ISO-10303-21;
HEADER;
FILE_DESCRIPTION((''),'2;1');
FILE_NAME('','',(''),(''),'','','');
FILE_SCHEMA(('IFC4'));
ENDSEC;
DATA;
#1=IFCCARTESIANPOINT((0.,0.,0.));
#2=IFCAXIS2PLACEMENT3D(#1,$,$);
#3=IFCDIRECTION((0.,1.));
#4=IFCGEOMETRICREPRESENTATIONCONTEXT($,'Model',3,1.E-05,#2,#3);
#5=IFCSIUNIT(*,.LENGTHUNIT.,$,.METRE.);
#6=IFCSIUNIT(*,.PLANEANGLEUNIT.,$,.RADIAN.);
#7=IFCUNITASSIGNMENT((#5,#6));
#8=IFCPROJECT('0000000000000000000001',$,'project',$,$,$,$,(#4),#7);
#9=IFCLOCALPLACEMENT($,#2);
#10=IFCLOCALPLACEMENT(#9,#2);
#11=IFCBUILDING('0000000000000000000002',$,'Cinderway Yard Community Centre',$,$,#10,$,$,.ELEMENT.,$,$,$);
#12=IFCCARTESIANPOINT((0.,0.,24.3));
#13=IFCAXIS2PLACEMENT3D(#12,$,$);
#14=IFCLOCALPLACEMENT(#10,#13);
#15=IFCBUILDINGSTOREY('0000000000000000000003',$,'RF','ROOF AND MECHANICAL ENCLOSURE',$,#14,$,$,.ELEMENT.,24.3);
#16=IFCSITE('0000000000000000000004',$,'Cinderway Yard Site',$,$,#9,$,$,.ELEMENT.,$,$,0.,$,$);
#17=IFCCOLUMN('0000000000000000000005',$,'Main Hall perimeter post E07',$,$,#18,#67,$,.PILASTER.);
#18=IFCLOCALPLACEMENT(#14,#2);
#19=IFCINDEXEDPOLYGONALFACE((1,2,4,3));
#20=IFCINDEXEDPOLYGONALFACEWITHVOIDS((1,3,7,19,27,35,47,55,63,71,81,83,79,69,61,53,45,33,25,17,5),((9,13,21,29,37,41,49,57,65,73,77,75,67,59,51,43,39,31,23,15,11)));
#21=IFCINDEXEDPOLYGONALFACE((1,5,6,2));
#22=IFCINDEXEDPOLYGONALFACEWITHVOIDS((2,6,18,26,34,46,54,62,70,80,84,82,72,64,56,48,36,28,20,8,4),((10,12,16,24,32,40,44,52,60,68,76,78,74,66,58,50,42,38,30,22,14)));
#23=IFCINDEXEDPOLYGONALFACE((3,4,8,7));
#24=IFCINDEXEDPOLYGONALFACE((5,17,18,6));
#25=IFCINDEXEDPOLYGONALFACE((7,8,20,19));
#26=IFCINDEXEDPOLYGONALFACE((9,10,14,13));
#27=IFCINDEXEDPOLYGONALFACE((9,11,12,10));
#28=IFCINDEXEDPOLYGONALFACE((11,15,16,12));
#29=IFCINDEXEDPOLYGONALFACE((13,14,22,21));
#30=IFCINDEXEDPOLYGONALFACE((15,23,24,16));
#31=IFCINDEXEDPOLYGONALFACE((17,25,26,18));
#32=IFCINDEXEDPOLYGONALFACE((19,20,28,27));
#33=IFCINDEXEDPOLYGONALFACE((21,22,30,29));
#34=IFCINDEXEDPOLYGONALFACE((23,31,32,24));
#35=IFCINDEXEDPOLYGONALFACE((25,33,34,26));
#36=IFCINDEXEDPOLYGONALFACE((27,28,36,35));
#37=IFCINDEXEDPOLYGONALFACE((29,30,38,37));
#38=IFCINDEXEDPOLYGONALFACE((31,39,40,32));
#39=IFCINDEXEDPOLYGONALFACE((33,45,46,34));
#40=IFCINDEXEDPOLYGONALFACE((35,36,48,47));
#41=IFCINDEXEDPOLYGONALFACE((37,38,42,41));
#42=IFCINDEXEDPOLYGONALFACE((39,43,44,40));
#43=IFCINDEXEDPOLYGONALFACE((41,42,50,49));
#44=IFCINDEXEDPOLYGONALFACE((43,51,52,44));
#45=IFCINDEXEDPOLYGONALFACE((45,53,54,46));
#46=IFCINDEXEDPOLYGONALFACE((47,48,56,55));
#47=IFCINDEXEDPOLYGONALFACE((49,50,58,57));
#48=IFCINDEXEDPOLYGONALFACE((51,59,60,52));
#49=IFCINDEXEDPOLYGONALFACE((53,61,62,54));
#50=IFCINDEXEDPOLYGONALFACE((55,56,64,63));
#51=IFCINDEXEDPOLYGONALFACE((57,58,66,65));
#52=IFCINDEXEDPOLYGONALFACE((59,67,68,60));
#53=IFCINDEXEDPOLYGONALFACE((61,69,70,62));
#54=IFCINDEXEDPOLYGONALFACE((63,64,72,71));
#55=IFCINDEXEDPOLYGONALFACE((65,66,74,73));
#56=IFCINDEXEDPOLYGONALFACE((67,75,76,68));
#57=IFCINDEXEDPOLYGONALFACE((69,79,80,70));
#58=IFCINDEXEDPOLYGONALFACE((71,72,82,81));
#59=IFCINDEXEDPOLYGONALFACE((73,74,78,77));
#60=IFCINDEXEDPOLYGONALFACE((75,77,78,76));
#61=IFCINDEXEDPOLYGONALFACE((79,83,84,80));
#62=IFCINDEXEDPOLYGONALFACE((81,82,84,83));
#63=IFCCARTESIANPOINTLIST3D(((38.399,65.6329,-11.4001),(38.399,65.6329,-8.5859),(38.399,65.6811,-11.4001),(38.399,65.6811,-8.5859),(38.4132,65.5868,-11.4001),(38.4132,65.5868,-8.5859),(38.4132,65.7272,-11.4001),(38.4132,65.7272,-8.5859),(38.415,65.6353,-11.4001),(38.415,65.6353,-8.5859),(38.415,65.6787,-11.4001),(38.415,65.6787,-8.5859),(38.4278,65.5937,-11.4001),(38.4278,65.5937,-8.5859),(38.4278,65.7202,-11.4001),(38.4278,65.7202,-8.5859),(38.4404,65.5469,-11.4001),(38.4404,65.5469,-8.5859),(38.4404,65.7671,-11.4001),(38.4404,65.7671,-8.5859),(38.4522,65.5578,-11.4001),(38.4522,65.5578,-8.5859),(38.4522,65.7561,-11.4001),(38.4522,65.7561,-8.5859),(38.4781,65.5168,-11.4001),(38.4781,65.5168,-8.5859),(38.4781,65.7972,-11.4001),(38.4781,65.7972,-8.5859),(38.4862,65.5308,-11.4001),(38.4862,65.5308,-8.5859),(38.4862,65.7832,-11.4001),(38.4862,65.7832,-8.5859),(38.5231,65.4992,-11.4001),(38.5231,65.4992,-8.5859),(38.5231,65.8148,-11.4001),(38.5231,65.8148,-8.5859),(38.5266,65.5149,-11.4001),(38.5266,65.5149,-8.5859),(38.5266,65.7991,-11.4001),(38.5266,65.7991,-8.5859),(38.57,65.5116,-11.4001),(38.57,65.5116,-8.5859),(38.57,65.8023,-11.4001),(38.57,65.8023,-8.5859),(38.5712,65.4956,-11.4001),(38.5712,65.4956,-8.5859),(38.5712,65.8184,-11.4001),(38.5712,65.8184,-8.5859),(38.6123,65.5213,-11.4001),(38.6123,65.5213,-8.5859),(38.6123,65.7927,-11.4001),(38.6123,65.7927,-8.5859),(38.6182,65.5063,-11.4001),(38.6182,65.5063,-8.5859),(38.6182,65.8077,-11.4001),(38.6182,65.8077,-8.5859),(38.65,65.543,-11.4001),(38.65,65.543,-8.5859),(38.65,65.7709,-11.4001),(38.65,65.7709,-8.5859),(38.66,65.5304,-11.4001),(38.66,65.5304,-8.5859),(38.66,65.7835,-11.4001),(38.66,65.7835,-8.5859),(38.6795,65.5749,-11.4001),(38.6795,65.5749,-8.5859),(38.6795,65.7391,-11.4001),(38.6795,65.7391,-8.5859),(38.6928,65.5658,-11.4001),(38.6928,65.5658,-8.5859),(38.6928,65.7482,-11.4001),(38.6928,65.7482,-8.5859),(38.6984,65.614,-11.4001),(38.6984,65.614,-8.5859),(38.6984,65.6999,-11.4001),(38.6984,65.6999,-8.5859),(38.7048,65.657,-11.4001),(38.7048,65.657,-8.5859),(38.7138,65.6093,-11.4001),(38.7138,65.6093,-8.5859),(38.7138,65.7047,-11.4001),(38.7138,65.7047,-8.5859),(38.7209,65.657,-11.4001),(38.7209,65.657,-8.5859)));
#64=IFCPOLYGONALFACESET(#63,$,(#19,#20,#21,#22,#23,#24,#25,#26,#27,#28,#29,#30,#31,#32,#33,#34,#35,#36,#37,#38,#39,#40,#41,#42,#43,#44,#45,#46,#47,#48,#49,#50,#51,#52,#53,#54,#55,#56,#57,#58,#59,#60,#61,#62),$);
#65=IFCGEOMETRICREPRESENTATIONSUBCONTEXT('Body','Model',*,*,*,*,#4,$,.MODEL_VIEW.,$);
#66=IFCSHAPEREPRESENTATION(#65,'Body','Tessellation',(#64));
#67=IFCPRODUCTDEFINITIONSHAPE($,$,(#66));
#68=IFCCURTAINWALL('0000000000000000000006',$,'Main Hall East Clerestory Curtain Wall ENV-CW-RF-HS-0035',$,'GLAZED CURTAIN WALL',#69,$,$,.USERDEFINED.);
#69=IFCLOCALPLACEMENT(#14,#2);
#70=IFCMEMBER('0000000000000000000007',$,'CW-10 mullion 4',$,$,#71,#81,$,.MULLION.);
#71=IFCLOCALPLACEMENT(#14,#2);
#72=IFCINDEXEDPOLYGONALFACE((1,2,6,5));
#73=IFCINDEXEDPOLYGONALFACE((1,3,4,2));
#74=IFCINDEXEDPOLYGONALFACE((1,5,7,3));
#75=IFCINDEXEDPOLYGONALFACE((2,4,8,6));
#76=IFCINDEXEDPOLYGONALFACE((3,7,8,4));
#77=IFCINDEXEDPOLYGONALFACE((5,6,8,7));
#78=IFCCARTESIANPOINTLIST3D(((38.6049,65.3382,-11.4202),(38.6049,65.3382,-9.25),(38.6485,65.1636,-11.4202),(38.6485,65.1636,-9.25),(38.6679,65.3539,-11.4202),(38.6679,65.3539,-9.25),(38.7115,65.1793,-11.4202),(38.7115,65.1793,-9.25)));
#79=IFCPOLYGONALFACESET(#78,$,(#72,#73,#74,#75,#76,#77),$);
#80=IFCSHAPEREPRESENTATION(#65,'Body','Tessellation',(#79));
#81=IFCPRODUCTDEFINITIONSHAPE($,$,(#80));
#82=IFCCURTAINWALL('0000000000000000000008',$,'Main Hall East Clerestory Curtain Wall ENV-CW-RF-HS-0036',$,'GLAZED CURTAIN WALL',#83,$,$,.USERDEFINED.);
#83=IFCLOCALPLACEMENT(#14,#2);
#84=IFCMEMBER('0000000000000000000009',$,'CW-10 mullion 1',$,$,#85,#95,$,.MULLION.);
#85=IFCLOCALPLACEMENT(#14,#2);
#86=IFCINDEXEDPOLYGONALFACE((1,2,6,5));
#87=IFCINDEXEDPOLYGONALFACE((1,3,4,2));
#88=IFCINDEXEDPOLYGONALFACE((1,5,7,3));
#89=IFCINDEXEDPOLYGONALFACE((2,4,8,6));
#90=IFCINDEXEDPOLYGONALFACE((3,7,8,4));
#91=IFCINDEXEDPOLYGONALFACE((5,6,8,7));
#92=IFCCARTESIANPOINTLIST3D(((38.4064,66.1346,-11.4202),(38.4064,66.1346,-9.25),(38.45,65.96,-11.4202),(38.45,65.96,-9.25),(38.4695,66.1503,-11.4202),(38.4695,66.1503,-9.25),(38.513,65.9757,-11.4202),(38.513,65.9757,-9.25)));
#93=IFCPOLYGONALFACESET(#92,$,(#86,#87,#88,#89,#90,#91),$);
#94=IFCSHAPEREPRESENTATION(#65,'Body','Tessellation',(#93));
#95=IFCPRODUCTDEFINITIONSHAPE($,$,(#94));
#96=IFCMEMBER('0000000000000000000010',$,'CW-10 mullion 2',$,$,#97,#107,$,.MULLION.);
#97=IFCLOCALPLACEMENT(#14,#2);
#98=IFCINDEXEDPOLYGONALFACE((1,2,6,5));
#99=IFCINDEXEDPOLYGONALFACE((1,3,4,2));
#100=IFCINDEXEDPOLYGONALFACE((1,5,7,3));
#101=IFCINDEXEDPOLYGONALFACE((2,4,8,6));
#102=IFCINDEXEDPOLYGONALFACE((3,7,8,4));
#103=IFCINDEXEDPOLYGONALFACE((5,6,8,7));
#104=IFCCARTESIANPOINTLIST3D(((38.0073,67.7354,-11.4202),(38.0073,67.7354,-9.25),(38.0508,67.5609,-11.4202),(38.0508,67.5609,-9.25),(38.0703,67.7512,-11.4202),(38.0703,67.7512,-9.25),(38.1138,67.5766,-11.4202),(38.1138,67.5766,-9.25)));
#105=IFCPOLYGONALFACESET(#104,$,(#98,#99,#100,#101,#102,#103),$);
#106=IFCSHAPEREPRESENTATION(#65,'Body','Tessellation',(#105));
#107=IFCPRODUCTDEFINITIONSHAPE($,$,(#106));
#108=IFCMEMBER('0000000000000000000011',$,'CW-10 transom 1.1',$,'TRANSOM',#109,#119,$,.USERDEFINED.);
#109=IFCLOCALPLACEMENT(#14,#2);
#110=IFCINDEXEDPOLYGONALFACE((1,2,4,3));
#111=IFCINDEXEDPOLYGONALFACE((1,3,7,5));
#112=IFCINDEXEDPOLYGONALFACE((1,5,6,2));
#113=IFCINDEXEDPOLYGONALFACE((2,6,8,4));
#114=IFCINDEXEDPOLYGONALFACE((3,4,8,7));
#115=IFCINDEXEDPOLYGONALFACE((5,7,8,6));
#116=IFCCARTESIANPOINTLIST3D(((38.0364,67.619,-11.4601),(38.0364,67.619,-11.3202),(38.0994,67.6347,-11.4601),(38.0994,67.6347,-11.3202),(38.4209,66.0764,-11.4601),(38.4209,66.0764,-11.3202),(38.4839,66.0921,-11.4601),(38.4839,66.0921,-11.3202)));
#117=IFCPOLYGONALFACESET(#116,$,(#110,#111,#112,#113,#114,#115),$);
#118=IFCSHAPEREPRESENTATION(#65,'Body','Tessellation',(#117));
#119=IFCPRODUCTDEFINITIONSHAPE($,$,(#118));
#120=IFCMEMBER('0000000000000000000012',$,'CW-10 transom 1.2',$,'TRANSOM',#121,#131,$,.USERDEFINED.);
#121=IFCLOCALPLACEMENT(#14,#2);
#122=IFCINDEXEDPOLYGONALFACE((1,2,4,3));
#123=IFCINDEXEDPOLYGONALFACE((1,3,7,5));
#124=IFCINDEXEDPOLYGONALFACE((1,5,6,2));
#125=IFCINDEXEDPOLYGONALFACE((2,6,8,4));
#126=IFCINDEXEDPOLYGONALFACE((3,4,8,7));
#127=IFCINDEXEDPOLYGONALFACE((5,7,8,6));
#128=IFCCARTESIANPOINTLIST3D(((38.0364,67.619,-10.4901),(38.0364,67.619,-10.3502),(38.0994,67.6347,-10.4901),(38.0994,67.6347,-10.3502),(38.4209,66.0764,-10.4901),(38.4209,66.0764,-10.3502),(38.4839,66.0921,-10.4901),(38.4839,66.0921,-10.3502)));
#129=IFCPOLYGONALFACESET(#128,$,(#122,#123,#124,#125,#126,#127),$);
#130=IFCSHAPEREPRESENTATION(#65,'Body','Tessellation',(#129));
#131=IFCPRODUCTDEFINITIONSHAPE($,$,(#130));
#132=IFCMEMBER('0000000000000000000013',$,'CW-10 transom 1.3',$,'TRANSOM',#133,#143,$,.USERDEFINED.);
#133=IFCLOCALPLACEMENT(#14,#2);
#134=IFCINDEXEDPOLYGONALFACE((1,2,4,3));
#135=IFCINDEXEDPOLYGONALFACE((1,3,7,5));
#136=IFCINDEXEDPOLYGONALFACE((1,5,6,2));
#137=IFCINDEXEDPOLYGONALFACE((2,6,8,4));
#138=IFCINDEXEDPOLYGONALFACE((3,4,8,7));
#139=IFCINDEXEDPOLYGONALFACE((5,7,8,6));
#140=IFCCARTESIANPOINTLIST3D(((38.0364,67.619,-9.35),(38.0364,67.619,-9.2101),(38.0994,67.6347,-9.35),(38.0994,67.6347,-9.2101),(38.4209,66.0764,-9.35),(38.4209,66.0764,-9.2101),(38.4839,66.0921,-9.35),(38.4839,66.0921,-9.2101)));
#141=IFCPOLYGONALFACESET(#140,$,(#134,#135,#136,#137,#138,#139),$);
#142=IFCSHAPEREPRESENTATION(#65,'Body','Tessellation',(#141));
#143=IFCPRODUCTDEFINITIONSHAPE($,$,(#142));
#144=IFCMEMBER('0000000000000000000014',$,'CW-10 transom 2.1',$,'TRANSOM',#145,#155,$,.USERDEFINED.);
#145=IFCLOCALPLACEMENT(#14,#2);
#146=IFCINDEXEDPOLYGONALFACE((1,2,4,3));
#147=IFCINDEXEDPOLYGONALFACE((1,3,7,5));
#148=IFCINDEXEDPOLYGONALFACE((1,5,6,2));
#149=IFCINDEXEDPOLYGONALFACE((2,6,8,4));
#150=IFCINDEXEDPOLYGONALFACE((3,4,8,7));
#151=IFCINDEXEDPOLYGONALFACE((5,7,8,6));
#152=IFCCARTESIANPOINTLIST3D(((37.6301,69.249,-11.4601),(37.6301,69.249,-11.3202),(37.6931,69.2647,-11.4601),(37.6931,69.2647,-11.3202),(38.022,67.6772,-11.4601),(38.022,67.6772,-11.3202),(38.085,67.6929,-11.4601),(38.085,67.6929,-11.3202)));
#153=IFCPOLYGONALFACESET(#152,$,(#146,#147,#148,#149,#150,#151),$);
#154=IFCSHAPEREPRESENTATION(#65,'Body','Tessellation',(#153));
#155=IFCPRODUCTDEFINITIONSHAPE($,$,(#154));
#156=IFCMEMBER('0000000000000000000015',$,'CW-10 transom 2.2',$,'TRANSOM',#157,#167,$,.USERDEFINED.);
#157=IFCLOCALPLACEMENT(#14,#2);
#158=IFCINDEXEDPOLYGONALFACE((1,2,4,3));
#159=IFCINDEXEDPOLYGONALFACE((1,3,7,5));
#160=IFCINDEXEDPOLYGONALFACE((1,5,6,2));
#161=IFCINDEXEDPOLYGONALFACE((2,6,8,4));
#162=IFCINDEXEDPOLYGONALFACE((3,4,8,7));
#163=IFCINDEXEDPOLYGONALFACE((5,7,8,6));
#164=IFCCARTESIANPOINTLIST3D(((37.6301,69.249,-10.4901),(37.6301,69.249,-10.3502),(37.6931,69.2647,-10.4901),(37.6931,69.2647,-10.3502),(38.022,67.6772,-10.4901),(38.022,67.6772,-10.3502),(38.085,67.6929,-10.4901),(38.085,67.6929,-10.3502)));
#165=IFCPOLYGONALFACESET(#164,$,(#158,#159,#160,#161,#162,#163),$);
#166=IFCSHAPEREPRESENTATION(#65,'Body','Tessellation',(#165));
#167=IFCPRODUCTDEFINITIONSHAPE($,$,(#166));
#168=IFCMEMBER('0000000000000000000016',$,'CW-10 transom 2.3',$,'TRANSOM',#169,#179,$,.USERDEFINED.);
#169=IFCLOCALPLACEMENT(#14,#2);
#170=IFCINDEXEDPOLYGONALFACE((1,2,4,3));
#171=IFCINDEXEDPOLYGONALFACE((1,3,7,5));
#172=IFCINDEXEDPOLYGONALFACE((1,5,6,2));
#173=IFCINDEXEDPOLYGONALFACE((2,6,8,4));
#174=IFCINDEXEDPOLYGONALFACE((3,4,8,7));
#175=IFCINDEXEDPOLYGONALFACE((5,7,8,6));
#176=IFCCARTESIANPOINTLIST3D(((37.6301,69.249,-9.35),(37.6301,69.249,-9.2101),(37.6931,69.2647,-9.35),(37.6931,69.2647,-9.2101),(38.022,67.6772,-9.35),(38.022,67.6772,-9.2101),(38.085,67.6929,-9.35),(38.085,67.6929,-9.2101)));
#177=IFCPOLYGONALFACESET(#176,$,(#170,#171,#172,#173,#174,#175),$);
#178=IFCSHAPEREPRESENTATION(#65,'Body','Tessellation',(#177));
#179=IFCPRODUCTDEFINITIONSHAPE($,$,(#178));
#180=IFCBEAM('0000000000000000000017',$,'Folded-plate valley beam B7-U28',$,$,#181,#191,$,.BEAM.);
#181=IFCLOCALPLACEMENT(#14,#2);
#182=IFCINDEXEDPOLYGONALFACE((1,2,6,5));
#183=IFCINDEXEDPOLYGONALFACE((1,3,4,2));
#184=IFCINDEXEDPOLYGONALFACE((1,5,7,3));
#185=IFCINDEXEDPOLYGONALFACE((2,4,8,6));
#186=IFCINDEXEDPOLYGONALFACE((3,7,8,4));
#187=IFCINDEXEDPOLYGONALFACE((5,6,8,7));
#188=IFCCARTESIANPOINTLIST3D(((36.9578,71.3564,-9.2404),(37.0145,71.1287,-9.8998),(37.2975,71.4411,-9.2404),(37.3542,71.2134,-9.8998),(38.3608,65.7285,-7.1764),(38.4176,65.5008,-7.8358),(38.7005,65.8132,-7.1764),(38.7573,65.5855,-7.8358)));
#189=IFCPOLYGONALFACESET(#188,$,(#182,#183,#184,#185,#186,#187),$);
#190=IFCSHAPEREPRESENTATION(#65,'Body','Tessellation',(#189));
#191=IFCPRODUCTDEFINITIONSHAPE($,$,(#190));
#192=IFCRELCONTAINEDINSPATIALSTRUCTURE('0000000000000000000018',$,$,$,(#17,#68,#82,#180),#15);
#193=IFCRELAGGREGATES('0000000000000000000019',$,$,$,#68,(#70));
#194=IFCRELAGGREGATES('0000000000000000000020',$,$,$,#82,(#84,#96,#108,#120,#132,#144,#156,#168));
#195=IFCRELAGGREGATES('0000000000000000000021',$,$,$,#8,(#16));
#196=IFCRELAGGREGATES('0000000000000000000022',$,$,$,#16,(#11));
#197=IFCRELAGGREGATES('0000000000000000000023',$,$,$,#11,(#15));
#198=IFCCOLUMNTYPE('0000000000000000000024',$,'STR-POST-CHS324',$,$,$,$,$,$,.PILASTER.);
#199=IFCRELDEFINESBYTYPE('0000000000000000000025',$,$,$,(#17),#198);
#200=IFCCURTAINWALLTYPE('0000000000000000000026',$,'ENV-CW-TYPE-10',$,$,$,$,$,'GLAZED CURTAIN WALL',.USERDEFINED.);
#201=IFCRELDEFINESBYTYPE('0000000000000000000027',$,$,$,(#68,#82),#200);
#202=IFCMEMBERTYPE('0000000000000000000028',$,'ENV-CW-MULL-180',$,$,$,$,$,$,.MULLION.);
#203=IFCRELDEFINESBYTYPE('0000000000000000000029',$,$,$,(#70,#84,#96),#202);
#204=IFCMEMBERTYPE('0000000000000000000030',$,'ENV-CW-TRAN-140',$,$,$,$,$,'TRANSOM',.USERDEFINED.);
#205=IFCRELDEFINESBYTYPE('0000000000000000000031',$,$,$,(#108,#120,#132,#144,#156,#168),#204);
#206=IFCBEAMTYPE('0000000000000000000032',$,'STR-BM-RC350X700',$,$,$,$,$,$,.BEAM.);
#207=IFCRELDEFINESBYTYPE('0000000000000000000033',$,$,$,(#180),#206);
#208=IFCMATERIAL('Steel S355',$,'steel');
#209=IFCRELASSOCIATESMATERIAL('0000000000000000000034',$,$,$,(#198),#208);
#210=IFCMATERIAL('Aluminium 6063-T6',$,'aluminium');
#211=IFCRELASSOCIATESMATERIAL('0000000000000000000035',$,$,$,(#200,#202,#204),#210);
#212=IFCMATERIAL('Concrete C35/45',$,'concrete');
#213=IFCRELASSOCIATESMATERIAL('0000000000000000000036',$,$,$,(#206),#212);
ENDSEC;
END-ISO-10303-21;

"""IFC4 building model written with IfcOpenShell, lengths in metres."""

from ifc_helpers import new_model, si_unit, direction, frame, origin, origin_2d, place, context, subcontext, project, spatial, rectangle, hollow_circle, extrude, material, material_profile, profile_set, type_object, element, aggregate, save


model = new_model("IFC4")

# Units and contexts
model_context = context("Model", 3, precision=1e-05, world=origin(), true_north=direction((0.0, 1.0)))
body_context = subcontext(model_context, "Body", "Model", "MODEL_VIEW")
ifc_project = project(units=[si_unit("LENGTHUNIT", "METRE"), si_unit("PLANEANGLEUNIT", "RADIAN")], contexts=[model_context])

# Site, building, storey
site_placement = place(None, origin())
site = spatial("IfcSite", under=ifc_project, at=site_placement, Name="Cinderway Yard Site", CompositionType="ELEMENT", RefElevation=0.0)
building_placement = place(site_placement, origin())
building = spatial("IfcBuilding", under=site, at=building_placement, Name="Cinderway Yard Community Centre", CompositionType="ELEMENT")
storey_placement = place(building_placement, frame((0.0, 0.0, 24.3)))
storey = spatial("IfcBuildingStorey", under=building, at=storey_placement, Name="RF", Description="ROOF AND MECHANICAL ENCLOSURE", CompositionType="ELEMENT", Elevation=24.3)

# Column
ifc_material_1 = material(Name="Steel S355", Category="steel")
ifc_material_profile_1 = material_profile(ifc_material_1, hollow_circle(Radius=0.1619, WallThickness=0.0161, at=origin_2d()), Name="Steel S355")
ifc_profile_set_1 = profile_set([ifc_material_profile_1], Name="Steel S355")
column_type = type_object("IfcColumnType", Name="STR-POST-CHS324", PredefinedType="PILASTER", material=ifc_profile_set_1)
column_placement = place(storey_placement, frame((38.5591, 65.657, -11.4001), z_axis=(0.0, 0.0, 1.0), x_axis=(1.0, 0.0, 0.0)))
element("IfcColumn", 1, at=column_placement, inside=storey, type_object=column_type, Name="Main Hall perimeter post E07", PredefinedType="PILASTER", context=body_context, shape_type="SweptSolid", body=[
    extrude(hollow_circle(Radius=0.1619, WallThickness=0.0161, at=origin_2d()), origin(), (0.0, 0.0, 1.0), 2.8142),
])

# Curtain wall, member
ifc_material_2 = material(Name="Aluminium 6063-T6", Category="aluminium")
curtain_wall_type = type_object("IfcCurtainWallType", Name="ENV-CW-TYPE-10", ElementType="GLAZED CURTAIN WALL", PredefinedType="USERDEFINED", material=ifc_material_2)
curtain_wall_1_placement = place(storey_placement, origin())
curtain_wall_1 = element("IfcCurtainWall", 2, at=curtain_wall_1_placement, inside=storey, type_object=curtain_wall_type, Name="Main Hall East Clerestory Curtain Wall ENV-CW-RF-HS-0035", ObjectType="GLAZED CURTAIN WALL", PredefinedType="USERDEFINED")
ifc_material_profile_2 = material_profile(ifc_material_2, rectangle(XDim=0.0649, YDim=0.1799, at=origin_2d()), Name="Aluminium 6063-T6")
ifc_profile_set_2 = profile_set([ifc_material_profile_2], Name="Aluminium 6063-T6")
member_type_1 = type_object("IfcMemberType", Name="ENV-CW-MULL-180", PredefinedType="MULLION", material=ifc_profile_set_2)
member_1_placement = place(storey_placement, frame((38.6582, 65.2588, -11.4202), z_axis=(0.0, 0.0, 1.0), x_axis=(-0.970306, -0.241882, 0.0)))
member_1 = element("IfcMember", 3, at=member_1_placement, type_object=member_type_1, Name="CW-10 mullion 4", PredefinedType="MULLION", context=body_context, shape_type="SweptSolid", body=[
    extrude(rectangle(XDim=0.0649, YDim=0.1799, at=origin_2d()), origin(), (0.0, 0.0, 1.0), 2.1702),
])
aggregate(curtain_wall_1, [member_1])

# Curtain wall, members
curtain_wall_2_placement = place(storey_placement, origin())
curtain_wall_2 = element("IfcCurtainWall", 4, at=curtain_wall_2_placement, inside=storey, type_object=curtain_wall_type, Name="Main Hall East Clerestory Curtain Wall ENV-CW-RF-HS-0036", ObjectType="GLAZED CURTAIN WALL", PredefinedType="USERDEFINED")
member_2_placement = place(storey_placement, frame((38.4597, 66.0552, -11.4202), z_axis=(0.0, 0.0, 1.0), x_axis=(-0.970306, -0.241882, 0.0)))
member_2 = element("IfcMember", 5, at=member_2_placement, type_object=member_type_1, Name="CW-10 mullion 1", PredefinedType="MULLION", context=body_context, shape_type="SweptSolid", body=[
    extrude(rectangle(XDim=0.0649, YDim=0.1799, at=origin_2d()), origin(), (0.0, 0.0, 1.0), 2.1702),
])
member_3_placement = place(storey_placement, frame((38.0605, 67.656, -11.4202), z_axis=(0.0, 0.0, 1.0), x_axis=(-0.970306, -0.241882, 0.0)))
member_3 = element("IfcMember", 6, at=member_3_placement, type_object=member_type_1, Name="CW-10 mullion 2", PredefinedType="MULLION", context=body_context, shape_type="SweptSolid", body=[
    extrude(rectangle(XDim=0.0649, YDim=0.1799, at=origin_2d()), origin(), (0.0, 0.0, 1.0), 2.1702),
])
ifc_material_profile_3 = material_profile(ifc_material_2, rectangle(XDim=0.0649, YDim=0.1399, at=origin_2d()), Name="Aluminium 6063-T6")
ifc_profile_set_3 = profile_set([ifc_material_profile_3], Name="Aluminium 6063-T6")
member_type_2 = type_object("IfcMemberType", Name="ENV-CW-TRAN-140", ElementType="TRANSOM", PredefinedType="USERDEFINED", material=ifc_profile_set_3)
member_4_placement = place(storey_placement, frame((38.4524, 66.0842, -11.3901), z_axis=(-0.241849, 0.970314, 0.0), x_axis=(-0.970314, -0.241849, 0.0)))
member_4 = element("IfcMember", 7, at=member_4_placement, type_object=member_type_2, Name="CW-10 transom 1.1", ObjectType="TRANSOM", PredefinedType="USERDEFINED", context=body_context, shape_type="SweptSolid", body=[
    extrude(rectangle(XDim=0.0649, YDim=0.1399, at=origin_2d()), origin(), (0.0, 0.0, 1.0), 1.5898),
])
member_5_placement = place(storey_placement, frame((38.4524, 66.0842, -10.4202), z_axis=(-0.241849, 0.970314, 0.0), x_axis=(-0.970314, -0.241849, 0.0)))
member_5 = element("IfcMember", 8, at=member_5_placement, type_object=member_type_2, Name="CW-10 transom 1.2", ObjectType="TRANSOM", PredefinedType="USERDEFINED", context=body_context, shape_type="SweptSolid", body=[
    extrude(rectangle(XDim=0.0649, YDim=0.1399, at=origin_2d()), origin(), (0.0, 0.0, 1.0), 1.5898),
])
member_6_placement = place(storey_placement, frame((38.4524, 66.0842, -9.28), z_axis=(-0.241849, 0.970314, 0.0), x_axis=(-0.970314, -0.241849, 0.0)))
member_6 = element("IfcMember", 9, at=member_6_placement, type_object=member_type_2, Name="CW-10 transom 1.3", ObjectType="TRANSOM", PredefinedType="USERDEFINED", context=body_context, shape_type="SweptSolid", body=[
    extrude(rectangle(XDim=0.0649, YDim=0.1399, at=origin_2d()), origin(), (0.0, 0.0, 1.0), 1.5898),
])
member_7_placement = place(storey_placement, frame((38.0535, 67.6851, -11.3901), z_axis=(-0.241897, 0.970302, 0.0), x_axis=(-0.970302, -0.241897, 0.0)))
member_7 = element("IfcMember", 10, at=member_7_placement, type_object=member_type_2, Name="CW-10 transom 2.1", ObjectType="TRANSOM", PredefinedType="USERDEFINED", context=body_context, shape_type="SweptSolid", body=[
    extrude(rectangle(XDim=0.0649, YDim=0.1399, at=origin_2d()), origin(), (0.0, 0.0, 1.0), 1.6199),
])
member_8_placement = place(storey_placement, frame((38.0535, 67.6851, -10.4202), z_axis=(-0.241897, 0.970302, 0.0), x_axis=(-0.970302, -0.241897, 0.0)))
member_8 = element("IfcMember", 11, at=member_8_placement, type_object=member_type_2, Name="CW-10 transom 2.2", ObjectType="TRANSOM", PredefinedType="USERDEFINED", context=body_context, shape_type="SweptSolid", body=[
    extrude(rectangle(XDim=0.0649, YDim=0.1399, at=origin_2d()), origin(), (0.0, 0.0, 1.0), 1.6199),
])
member_9_placement = place(storey_placement, frame((38.0535, 67.6851, -9.28), z_axis=(-0.241897, 0.970302, 0.0), x_axis=(-0.970302, -0.241897, 0.0)))
member_9 = element("IfcMember", 12, at=member_9_placement, type_object=member_type_2, Name="CW-10 transom 2.3", ObjectType="TRANSOM", PredefinedType="USERDEFINED", context=body_context, shape_type="SweptSolid", body=[
    extrude(rectangle(XDim=0.0649, YDim=0.1399, at=origin_2d()), origin(), (0.0, 0.0, 1.0), 1.6199),
])

# Beam
ifc_material_3 = material(Name="Concrete C35/45", Category="concrete")
ifc_material_profile_4 = material_profile(ifc_material_3, rectangle(XDim=0.3501, YDim=0.7, at=origin_2d()), Name="Concrete C35/45")
ifc_profile_set_4 = profile_set([ifc_material_profile_4], Name="Concrete C35/45")
beam_type_1 = type_object("IfcBeamType", Name="STR-BM-RC350X700", PredefinedType="BEAM", material=ifc_profile_set_4)
beam_1_placement = place(storey_placement, frame((38.5591, 65.657, -7.5061), z_axis=(-0.227903, 0.914148, -0.335251), x_axis=(-0.970301, -0.241902, 0.0)))
element("IfcBeam", 13, at=beam_1_placement, inside=storey, type_object=beam_type_1, Name="Folded-plate valley beam B7-U28", PredefinedType="BEAM", context=body_context, shape_type="SweptSolid", body=[
    extrude(rectangle(XDim=0.3501, YDim=0.7, at=origin_2d()), origin(), (0.0, 0.0, 1.0), 6.1565),
])

aggregate(curtain_wall_2, [member_2, member_3, member_4, member_5, member_6, member_7, member_8, member_9])

save(model, "model.ifc")
